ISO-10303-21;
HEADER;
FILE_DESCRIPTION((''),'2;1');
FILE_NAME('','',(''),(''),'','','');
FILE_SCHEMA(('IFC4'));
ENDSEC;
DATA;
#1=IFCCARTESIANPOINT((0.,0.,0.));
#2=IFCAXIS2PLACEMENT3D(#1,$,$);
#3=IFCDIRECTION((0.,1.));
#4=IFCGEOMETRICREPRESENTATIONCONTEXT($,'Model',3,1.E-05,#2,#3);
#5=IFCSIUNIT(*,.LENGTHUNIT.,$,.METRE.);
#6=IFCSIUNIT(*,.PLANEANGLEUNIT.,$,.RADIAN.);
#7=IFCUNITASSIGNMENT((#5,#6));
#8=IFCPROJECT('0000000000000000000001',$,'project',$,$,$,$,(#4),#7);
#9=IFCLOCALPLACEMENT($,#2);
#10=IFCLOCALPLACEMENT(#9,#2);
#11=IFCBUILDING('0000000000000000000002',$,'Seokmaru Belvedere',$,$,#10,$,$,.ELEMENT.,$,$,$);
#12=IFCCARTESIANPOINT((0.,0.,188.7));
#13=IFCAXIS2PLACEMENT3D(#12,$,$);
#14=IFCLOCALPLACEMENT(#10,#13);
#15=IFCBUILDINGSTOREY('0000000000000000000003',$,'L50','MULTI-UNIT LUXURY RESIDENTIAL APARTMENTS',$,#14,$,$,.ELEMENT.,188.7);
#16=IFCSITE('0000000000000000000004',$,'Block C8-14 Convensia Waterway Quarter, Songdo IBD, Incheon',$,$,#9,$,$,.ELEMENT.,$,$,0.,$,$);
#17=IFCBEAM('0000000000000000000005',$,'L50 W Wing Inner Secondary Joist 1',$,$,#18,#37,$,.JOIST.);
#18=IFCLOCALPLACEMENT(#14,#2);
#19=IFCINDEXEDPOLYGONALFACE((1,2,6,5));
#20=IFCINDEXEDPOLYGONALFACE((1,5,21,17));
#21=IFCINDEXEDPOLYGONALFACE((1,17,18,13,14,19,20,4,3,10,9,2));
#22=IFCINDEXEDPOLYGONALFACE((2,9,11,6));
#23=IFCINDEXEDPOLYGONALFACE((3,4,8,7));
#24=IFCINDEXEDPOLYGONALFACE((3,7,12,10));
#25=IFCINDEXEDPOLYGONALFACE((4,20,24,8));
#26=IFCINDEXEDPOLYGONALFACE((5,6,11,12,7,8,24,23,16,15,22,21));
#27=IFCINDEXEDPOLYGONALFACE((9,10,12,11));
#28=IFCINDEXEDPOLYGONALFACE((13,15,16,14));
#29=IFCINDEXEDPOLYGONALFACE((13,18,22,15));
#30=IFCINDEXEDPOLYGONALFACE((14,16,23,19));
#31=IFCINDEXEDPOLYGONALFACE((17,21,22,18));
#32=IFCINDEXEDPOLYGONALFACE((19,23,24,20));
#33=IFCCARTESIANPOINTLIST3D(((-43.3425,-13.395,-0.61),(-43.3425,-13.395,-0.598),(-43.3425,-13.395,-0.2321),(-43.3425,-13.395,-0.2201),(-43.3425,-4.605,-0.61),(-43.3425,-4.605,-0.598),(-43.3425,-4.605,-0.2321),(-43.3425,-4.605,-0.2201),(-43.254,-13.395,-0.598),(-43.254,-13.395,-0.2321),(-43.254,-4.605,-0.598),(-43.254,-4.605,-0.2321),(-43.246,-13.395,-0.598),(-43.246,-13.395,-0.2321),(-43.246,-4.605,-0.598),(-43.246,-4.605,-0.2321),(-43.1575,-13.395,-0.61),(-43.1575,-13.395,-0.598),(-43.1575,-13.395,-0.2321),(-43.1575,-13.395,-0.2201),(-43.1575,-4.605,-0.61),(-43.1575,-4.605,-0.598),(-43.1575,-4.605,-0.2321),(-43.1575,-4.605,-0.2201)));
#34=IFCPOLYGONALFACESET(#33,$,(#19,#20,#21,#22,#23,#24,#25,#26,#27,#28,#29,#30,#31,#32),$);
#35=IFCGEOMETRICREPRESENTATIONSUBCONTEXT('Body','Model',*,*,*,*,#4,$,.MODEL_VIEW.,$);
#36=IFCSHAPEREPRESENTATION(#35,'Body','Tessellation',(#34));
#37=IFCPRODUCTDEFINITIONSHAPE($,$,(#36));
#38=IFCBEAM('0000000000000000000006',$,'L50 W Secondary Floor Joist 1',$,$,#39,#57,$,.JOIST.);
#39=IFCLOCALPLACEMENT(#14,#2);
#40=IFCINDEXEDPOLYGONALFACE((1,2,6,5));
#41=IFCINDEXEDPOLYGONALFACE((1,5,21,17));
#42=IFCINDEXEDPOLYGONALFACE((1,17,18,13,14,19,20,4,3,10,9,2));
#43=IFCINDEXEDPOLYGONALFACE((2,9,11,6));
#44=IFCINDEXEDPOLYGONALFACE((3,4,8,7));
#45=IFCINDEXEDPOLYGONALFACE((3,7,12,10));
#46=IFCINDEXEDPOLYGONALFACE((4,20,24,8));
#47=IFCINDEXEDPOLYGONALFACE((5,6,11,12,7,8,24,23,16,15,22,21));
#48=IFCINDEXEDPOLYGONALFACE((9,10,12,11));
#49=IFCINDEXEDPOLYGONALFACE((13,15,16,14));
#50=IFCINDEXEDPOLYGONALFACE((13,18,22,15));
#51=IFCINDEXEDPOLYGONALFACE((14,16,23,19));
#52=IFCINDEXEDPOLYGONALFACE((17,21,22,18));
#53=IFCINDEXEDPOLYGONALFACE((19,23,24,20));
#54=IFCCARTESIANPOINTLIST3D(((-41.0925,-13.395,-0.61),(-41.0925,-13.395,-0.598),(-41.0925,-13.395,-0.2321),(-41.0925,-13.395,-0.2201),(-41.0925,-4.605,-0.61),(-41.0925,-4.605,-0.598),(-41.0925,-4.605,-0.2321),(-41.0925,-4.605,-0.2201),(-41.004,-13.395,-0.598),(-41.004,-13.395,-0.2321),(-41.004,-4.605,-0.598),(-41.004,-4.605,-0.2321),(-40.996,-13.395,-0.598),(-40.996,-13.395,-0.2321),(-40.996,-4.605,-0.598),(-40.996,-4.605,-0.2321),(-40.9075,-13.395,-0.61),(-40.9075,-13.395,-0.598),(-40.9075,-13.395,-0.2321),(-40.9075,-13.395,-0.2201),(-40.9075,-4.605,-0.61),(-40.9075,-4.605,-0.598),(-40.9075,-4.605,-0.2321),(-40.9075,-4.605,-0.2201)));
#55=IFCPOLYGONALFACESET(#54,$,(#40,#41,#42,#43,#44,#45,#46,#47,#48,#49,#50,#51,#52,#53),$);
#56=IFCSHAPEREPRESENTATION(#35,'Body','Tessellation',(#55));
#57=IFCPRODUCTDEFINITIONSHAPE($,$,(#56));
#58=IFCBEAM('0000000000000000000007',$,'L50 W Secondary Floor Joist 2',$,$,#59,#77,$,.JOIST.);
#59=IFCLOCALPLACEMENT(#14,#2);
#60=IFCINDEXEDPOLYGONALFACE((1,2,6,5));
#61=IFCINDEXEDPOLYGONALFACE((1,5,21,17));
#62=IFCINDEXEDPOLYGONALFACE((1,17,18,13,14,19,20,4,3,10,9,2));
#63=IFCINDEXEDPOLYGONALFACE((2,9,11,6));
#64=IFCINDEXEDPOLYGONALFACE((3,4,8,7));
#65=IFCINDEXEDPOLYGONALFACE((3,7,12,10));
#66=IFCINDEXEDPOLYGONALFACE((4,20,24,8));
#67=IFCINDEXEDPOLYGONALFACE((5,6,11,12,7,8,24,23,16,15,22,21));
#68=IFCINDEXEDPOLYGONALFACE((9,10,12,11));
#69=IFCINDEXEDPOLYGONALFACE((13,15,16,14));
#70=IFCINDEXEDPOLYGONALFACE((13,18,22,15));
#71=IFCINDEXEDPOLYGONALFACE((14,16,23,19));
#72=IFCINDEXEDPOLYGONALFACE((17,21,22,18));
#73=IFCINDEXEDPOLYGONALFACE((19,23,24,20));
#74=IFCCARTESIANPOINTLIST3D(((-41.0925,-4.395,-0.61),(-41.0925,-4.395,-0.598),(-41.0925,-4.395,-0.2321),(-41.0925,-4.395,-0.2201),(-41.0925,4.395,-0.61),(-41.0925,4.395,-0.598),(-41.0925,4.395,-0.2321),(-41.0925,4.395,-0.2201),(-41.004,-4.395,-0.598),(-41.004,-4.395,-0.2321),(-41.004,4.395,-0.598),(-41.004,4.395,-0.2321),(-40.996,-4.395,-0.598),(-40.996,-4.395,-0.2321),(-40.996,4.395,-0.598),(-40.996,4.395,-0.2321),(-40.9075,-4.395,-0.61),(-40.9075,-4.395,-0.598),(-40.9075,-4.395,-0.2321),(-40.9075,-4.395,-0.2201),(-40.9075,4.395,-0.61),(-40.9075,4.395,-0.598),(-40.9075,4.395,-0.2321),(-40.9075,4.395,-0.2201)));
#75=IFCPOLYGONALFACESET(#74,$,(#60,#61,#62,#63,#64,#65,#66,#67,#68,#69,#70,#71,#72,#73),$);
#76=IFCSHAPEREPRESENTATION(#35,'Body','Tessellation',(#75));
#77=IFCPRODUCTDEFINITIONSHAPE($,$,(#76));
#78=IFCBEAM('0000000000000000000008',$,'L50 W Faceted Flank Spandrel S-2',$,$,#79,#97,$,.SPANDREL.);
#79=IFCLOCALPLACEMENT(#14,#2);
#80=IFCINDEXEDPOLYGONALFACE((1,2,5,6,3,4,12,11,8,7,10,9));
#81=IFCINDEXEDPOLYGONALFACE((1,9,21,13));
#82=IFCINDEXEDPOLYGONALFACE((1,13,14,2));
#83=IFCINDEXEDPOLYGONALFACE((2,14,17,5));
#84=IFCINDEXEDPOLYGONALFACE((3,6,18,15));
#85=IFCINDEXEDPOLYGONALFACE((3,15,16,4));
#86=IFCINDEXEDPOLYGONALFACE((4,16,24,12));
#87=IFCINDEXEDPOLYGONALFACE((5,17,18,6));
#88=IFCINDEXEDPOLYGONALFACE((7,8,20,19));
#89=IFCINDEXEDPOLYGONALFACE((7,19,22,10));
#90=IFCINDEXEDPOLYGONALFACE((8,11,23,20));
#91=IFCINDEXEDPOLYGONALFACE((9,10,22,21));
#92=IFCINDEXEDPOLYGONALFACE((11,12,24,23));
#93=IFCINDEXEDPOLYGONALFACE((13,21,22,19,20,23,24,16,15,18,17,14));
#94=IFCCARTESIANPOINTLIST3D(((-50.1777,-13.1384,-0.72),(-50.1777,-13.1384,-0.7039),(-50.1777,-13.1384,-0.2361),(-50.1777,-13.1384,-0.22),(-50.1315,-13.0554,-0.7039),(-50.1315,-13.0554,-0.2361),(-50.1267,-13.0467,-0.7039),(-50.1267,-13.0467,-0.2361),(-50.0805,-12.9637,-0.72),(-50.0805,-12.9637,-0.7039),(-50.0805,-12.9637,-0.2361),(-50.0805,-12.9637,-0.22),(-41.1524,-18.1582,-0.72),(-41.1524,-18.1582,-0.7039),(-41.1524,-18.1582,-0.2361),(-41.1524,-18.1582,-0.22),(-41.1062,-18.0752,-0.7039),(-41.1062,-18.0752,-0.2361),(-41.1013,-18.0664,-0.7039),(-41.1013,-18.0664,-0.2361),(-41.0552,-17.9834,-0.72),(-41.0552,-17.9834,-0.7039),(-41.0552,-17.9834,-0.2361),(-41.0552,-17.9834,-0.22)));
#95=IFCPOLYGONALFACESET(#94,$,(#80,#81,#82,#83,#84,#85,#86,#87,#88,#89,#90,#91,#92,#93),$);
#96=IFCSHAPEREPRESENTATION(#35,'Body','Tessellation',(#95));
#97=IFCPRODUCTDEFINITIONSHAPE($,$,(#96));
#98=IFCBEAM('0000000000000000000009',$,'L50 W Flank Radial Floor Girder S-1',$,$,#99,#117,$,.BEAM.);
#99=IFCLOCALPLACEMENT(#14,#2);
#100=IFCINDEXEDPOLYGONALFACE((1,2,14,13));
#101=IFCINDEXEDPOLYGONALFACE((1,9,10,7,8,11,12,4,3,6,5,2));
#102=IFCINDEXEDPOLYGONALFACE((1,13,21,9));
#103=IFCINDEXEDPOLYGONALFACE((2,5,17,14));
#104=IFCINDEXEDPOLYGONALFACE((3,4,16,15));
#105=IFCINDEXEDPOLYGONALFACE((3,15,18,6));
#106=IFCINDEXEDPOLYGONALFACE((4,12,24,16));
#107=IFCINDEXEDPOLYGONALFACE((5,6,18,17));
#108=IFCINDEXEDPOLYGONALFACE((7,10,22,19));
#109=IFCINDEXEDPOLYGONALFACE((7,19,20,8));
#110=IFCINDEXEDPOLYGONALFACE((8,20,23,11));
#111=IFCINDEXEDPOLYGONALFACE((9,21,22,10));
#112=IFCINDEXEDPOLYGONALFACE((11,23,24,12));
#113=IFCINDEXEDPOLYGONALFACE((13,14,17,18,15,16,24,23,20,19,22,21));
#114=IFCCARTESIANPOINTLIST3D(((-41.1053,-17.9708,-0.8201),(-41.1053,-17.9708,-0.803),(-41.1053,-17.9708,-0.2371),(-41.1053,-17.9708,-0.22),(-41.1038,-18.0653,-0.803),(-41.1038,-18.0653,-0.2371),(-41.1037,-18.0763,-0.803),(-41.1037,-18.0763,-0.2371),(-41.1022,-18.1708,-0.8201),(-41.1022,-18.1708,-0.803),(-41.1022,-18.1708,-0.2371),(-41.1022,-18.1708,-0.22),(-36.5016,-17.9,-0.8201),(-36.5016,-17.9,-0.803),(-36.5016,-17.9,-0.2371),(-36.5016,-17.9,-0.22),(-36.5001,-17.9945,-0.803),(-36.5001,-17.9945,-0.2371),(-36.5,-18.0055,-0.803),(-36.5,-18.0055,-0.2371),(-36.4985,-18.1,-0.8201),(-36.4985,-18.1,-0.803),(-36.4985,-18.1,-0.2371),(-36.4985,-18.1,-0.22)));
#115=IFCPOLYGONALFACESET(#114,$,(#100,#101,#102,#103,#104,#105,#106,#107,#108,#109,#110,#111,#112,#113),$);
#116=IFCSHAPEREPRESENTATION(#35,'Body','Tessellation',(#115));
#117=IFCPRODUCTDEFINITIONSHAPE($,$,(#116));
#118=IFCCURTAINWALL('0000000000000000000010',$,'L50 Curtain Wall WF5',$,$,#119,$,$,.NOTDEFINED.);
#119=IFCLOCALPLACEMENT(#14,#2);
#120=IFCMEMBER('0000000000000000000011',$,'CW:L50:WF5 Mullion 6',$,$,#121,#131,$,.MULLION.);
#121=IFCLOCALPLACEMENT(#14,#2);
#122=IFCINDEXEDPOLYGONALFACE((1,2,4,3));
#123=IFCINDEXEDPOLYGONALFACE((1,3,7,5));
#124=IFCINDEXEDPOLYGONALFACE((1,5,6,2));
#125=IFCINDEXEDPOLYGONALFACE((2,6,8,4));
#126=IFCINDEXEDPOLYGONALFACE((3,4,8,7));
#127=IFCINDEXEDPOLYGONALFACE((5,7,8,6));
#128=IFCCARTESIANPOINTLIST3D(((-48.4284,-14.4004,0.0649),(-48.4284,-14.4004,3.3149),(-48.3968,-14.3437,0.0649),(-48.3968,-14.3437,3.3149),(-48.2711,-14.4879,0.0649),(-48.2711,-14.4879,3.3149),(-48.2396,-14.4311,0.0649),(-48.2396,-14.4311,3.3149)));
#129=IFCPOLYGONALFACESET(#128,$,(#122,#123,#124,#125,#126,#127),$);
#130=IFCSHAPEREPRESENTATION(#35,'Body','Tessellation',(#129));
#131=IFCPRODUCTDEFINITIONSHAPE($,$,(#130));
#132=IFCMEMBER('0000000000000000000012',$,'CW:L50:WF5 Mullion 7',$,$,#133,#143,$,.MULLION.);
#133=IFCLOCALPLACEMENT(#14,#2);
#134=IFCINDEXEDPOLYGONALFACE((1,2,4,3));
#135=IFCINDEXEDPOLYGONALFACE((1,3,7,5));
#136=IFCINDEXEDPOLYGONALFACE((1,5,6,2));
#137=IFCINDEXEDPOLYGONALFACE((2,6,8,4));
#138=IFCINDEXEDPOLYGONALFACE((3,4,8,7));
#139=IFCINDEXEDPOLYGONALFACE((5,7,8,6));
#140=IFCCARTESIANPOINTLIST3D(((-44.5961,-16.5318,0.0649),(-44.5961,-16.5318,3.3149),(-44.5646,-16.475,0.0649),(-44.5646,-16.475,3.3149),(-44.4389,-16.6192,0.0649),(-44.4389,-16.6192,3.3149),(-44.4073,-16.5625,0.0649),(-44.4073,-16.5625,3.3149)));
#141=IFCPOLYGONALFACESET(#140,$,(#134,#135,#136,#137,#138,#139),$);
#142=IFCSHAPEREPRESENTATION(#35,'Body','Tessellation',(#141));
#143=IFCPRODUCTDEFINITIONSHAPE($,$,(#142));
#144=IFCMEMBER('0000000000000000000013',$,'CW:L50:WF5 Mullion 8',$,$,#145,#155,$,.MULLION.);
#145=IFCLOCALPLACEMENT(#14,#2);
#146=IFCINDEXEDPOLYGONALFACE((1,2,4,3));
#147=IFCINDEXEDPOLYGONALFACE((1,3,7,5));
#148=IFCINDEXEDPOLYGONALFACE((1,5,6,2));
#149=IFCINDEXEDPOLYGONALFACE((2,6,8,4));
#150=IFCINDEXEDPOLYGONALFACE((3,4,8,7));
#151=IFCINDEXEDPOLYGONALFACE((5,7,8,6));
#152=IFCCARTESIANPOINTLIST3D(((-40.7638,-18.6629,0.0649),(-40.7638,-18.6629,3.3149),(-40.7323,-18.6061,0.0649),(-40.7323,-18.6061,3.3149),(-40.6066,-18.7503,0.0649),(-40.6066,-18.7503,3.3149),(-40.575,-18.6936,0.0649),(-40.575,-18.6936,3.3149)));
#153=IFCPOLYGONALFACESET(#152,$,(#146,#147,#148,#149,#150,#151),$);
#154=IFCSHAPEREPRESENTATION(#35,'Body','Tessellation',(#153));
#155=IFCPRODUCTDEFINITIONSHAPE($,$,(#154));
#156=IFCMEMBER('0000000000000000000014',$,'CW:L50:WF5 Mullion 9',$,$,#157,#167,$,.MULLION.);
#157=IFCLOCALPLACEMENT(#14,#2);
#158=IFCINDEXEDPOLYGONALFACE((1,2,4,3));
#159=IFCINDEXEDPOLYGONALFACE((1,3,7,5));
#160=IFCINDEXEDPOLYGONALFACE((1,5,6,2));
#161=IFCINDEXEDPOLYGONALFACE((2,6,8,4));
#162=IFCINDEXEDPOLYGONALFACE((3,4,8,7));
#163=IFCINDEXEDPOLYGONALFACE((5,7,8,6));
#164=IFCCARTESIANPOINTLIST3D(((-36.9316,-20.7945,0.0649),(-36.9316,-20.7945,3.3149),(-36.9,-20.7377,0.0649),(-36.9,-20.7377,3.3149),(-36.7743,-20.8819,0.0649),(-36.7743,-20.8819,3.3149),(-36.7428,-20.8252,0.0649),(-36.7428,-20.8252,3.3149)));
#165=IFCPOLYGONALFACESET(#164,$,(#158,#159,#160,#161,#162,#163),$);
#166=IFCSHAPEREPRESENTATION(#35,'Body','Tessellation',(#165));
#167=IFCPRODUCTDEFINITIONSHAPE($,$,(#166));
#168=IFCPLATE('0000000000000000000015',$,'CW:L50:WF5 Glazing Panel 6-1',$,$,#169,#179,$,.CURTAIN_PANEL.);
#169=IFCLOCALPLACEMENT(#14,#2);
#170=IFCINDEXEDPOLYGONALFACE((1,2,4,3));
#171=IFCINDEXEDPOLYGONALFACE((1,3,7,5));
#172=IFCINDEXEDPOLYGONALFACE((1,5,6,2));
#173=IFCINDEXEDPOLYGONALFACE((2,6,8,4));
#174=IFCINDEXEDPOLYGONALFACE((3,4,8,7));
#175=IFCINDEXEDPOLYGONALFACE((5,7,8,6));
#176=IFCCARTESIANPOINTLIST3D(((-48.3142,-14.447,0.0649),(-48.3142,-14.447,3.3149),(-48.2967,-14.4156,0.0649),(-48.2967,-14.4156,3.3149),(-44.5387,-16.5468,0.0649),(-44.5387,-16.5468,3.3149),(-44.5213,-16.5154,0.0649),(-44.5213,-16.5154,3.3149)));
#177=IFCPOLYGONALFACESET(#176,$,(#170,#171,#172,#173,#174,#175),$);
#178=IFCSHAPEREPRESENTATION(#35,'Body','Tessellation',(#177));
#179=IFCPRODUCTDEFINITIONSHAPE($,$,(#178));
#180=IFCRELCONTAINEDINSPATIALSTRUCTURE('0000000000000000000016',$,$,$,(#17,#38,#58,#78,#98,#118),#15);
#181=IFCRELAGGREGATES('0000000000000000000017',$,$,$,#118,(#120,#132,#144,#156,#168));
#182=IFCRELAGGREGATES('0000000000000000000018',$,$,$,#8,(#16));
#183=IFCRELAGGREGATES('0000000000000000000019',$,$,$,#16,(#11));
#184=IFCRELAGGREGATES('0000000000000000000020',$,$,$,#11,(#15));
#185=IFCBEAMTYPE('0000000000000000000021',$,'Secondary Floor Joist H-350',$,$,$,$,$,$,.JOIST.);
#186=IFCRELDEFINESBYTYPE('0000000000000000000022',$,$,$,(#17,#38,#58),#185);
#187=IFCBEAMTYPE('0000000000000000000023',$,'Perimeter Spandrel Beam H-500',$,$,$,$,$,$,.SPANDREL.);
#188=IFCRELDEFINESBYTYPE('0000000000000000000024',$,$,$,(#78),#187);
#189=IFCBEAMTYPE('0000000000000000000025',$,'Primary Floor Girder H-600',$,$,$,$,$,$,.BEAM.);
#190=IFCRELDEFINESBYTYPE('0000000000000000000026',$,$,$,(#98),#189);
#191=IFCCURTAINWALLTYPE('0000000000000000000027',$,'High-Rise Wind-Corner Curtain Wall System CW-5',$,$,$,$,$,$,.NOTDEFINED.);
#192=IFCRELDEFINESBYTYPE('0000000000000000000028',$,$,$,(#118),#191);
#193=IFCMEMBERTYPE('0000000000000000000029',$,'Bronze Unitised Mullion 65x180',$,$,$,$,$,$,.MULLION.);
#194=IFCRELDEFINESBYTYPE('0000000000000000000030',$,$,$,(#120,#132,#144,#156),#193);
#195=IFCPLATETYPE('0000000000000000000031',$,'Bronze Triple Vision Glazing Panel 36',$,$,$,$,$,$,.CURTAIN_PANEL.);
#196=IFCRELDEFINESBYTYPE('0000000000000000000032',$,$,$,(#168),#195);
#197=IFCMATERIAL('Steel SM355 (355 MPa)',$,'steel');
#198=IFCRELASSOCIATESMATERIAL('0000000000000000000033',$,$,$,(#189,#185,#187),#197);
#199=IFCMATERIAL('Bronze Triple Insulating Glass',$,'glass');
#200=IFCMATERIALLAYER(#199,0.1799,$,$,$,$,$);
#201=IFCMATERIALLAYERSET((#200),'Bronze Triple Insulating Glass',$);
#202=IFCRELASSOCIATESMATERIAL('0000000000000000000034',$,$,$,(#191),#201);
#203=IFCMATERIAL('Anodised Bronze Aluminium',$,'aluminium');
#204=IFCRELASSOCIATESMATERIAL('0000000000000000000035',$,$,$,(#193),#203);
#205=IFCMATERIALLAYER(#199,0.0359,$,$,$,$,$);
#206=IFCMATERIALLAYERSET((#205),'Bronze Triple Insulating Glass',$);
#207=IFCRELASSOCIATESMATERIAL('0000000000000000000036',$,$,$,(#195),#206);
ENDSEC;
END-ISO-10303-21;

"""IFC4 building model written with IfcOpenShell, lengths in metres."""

from ifc_helpers import new_model, si_unit, direction, frame, origin, origin_2d, place, context, subcontext, project, spatial, rectangle, i_section, extrude, source, transform, mapped, material, layer, layer_set, material_profile, profile_set, type_object, type_shapes, element, aggregate, save


model = new_model("IFC4")

# Units and contexts
model_context = context("Model", 3, precision=1e-05, world=origin(), true_north=direction((0.0, 1.0)))
body_context = subcontext(model_context, "Body", "Model", "MODEL_VIEW")
ifc_project = project(units=[si_unit("LENGTHUNIT", "METRE"), si_unit("PLANEANGLEUNIT", "RADIAN")], contexts=[model_context])

# Site, building, storey
site_placement = place(None, origin())
site = spatial("IfcSite", under=ifc_project, at=site_placement, Name="Block C8-14 Convensia Waterway Quarter, Songdo IBD, Incheon", CompositionType="ELEMENT", RefElevation=0.0)
building_placement = place(site_placement, origin())
building = spatial("IfcBuilding", under=site, at=building_placement, Name="Seokmaru Belvedere", CompositionType="ELEMENT")
storey_placement = place(building_placement, frame((0.0, 0.0, 188.7)))
storey = spatial("IfcBuildingStorey", under=building, at=storey_placement, Name="L50", Description="MULTI-UNIT LUXURY RESIDENTIAL APARTMENTS", CompositionType="ELEMENT", Elevation=188.7)

# Shared definitions
ifc_material_1 = material(Name="Steel SM355 (355 MPa)", Category="steel")

# Beams
ifc_material_profile_1 = material_profile(ifc_material_1, i_section(OverallWidth=0.2, OverallDepth=0.6001, WebThickness=0.011, FlangeThickness=0.0171, at=origin_2d()), Name="H-600x200x11x17")
ifc_profile_set_1 = profile_set([ifc_material_profile_1], Name="Steel SM355 (355 MPa)")
beam_type_1 = type_object("IfcBeamType", Name="Primary Floor Girder H-600", PredefinedType="BEAM", material=ifc_profile_set_1)
ifc_material_profile_2 = material_profile(ifc_material_1, i_section(OverallWidth=0.1851, OverallDepth=0.3899, WebThickness=0.0081, FlangeThickness=0.012, at=origin_2d()), Name="H-390x185x8x12")
ifc_profile_set_2 = profile_set([ifc_material_profile_2], Name="Steel SM355 (355 MPa)")
beam_type_2 = type_object("IfcBeamType", Name="Secondary Floor Joist H-350", PredefinedType="JOIST", material=ifc_profile_set_2)
shared_shape_1 = source(origin(), body_context, "Body", "SweptSolid", [
    extrude(i_section(OverallWidth=0.1851, OverallDepth=0.3899, WebThickness=0.0081, FlangeThickness=0.012, at=origin_2d()), origin(), (0.0, 0.0, 1.0), 8.79),
])
type_shapes(beam_type_2, [shared_shape_1])
for number, where, z_axis, x_axis, name in (
    (1, (-43.25, -13.395, -0.415), (0.0, 1.0, 0.0), (-1.0, 0.0, 0.0), "L50 W Wing Inner Secondary Joist 1"),
    (2, (-41.0, -13.395, -0.415), (0.0, 1.0, 0.0), (-1.0, 0.0, 0.0), "L50 W Secondary Floor Joist 1"),
    (3, (-41.0, -4.395, -0.415), (0.0, 1.0, 0.0), (-1.0, 0.0, 0.0), "L50 W Secondary Floor Joist 2"),
):
    element("IfcBeam", number, at=place(storey_placement, frame(where, z_axis=z_axis, x_axis=x_axis)), inside=storey, type_object=beam_type_2, Name=name, PredefinedType="JOIST", context=body_context, shape_type="MappedRepresentation", body=[
        mapped(shared_shape_1, transform((0.0, 0.0, 0.0), scale=1.0)),
    ])
ifc_material_profile_3 = material_profile(ifc_material_1, i_section(OverallWidth=0.2, OverallDepth=0.5, WebThickness=0.01, FlangeThickness=0.0161, at=origin_2d()), Name="H-500x200x10x16")
ifc_profile_set_3 = profile_set([ifc_material_profile_3], Name="Steel SM355 (355 MPa)")
beam_type_3 = type_object("IfcBeamType", Name="Perimeter Spandrel Beam H-500", PredefinedType="SPANDREL", material=ifc_profile_set_3)
shared_shape_2 = source(origin(), body_context, "Body", "SweptSolid", [
    extrude(i_section(OverallWidth=0.2, OverallDepth=0.5, WebThickness=0.01, FlangeThickness=0.0161, at=origin_2d()), origin(), (0.0, 0.0, 1.0), 10.3274),
])
type_shapes(beam_type_3, [shared_shape_2])
beam_1_placement = place(storey_placement, frame((-41.1038, -18.0708, -0.47), z_axis=(-0.873924, 0.486062, 0.0), x_axis=(-0.486062, -0.873924, 0.0)))
element("IfcBeam", 4, at=beam_1_placement, inside=storey, type_object=beam_type_3, Name="L50 W Faceted Flank Spandrel S-2", PredefinedType="SPANDREL", context=body_context, shape_type="MappedRepresentation", body=[
    mapped(shared_shape_2, transform((0.0, 0.0, 0.0), scale=1.0)),
])
shared_shape_3 = source(origin(), body_context, "Body", "SweptSolid", [
    extrude(i_section(OverallWidth=0.2, OverallDepth=0.6001, WebThickness=0.011, FlangeThickness=0.0171, at=origin_2d()), origin(), (0.0, 0.0, 1.0), 4.6042),
])
beam_2_placement = place(storey_placement, frame((-41.1038, -18.0708, -0.52), z_axis=(0.999882, 0.015377, 0.0), x_axis=(-0.015377, 0.999882, 0.0)))
element("IfcBeam", 5, at=beam_2_placement, inside=storey, type_object=beam_type_1, Name="L50 W Flank Radial Floor Girder S-1", PredefinedType="BEAM", context=body_context, shape_type="MappedRepresentation", body=[
    mapped(shared_shape_3, transform((0.0, 0.0, 0.0), scale=1.0)),
])

# Curtain wall, members, plate
ifc_material_2 = material(Name="Bronze Triple Insulating Glass", Category="glass")
ifc_layer_1 = layer(ifc_material_2, 0.1799)
ifc_layer_set_1 = layer_set([ifc_layer_1], Name="Bronze Triple Insulating Glass")
curtain_wall_type = type_object("IfcCurtainWallType", Name="High-Rise Wind-Corner Curtain Wall System CW-5", PredefinedType="NOTDEFINED", material=ifc_layer_set_1)
curtain_wall_placement = place(storey_placement, origin())
curtain_wall = element("IfcCurtainWall", 6, at=curtain_wall_placement, inside=storey, type_object=curtain_wall_type, Name="L50 Curtain Wall WF5", PredefinedType="NOTDEFINED")
ifc_material_3 = material(Name="Anodised Bronze Aluminium", Category="aluminium")
ifc_material_profile_4 = material_profile(ifc_material_3, rectangle(XDim=0.0649, YDim=0.1799, at=origin_2d()), Name="CW-M-65x180")
ifc_profile_set_4 = profile_set([ifc_material_profile_4], Name="Anodised Bronze Aluminium")
member_type = type_object("IfcMemberType", Name="Bronze Unitised Mullion 65x180", PredefinedType="MULLION", material=ifc_profile_set_4)
shared_shape_4 = source(origin(), body_context, "Body", "SweptSolid", [
    extrude(rectangle(XDim=0.0649, YDim=0.1799, at=origin_2d()), origin(), (0.0, 0.0, 1.0), 3.25),
])
type_shapes(member_type, [shared_shape_4])
member_1_placement = place(storey_placement, frame((-48.334, -14.4158, 0.0649), z_axis=(0.0, 0.0, 1.0), x_axis=(0.486047, 0.873933, 0.0)))
member_1 = element("IfcMember", 7, at=member_1_placement, type_object=member_type, Name="CW:L50:WF5 Mullion 6", PredefinedType="MULLION", context=body_context, shape_type="MappedRepresentation", body=[
    mapped(shared_shape_4, transform((0.0, 0.0, 0.0), scale=1.0)),
])
member_2_placement = place(storey_placement, frame((-44.5017, -16.5471, 0.0649), z_axis=(0.0, 0.0, 1.0), x_axis=(0.486047, 0.873933, 0.0)))
member_2 = element("IfcMember", 8, at=member_2_placement, type_object=member_type, Name="CW:L50:WF5 Mullion 7", PredefinedType="MULLION", context=body_context, shape_type="MappedRepresentation", body=[
    mapped(shared_shape_4, transform((0.0, 0.0, 0.0), scale=1.0)),
])
member_3_placement = place(storey_placement, frame((-40.6694, -18.6782, 0.0649), z_axis=(0.0, 0.0, 1.0), x_axis=(0.486047, 0.873933, 0.0)))
member_3 = element("IfcMember", 9, at=member_3_placement, type_object=member_type, Name="CW:L50:WF5 Mullion 8", PredefinedType="MULLION", context=body_context, shape_type="MappedRepresentation", body=[
    mapped(shared_shape_4, transform((0.0, 0.0, 0.0), scale=1.0)),
])
member_4_placement = place(storey_placement, frame((-36.8372, -20.8098, 0.0649), z_axis=(0.0, 0.0, 1.0), x_axis=(0.486047, 0.873933, 0.0)))
member_4 = element("IfcMember", 10, at=member_4_placement, type_object=member_type, Name="CW:L50:WF5 Mullion 9", PredefinedType="MULLION", context=body_context, shape_type="MappedRepresentation", body=[
    mapped(shared_shape_4, transform((0.0, 0.0, 0.0), scale=1.0)),
])
ifc_layer_2 = layer(ifc_material_2, 0.0359)
ifc_layer_set_2 = layer_set([ifc_layer_2], Name="Bronze Triple Insulating Glass")
plate_type = type_object("IfcPlateType", Name="Bronze Triple Vision Glazing Panel 36", PredefinedType="CURTAIN_PANEL", material=ifc_layer_set_2)
shared_shape_5 = source(origin(), body_context, "Body", "SweptSolid", [
    extrude(rectangle(XDim=4.3201, YDim=0.0359, at=origin_2d()), origin(), (0.0, 0.0, 1.0), 3.25),
])
type_shapes(plate_type, [shared_shape_5])
plate_1_placement = place(storey_placement, frame((-46.4177, -15.4812, 0.0649), z_axis=(0.0, 0.0, 1.0), x_axis=(0.873933, -0.486047, 0.0)))
plate_1 = element("IfcPlate", 11, at=plate_1_placement, type_object=plate_type, Name="CW:L50:WF5 Glazing Panel 6-1", PredefinedType="CURTAIN_PANEL", context=body_context, shape_type="MappedRepresentation", body=[
    mapped(shared_shape_5, transform((0.0, 0.0, 0.0), scale=1.0)),
])
aggregate(curtain_wall, [member_1, member_2, member_3, member_4, plate_1])

save(model, "model.ifc")
